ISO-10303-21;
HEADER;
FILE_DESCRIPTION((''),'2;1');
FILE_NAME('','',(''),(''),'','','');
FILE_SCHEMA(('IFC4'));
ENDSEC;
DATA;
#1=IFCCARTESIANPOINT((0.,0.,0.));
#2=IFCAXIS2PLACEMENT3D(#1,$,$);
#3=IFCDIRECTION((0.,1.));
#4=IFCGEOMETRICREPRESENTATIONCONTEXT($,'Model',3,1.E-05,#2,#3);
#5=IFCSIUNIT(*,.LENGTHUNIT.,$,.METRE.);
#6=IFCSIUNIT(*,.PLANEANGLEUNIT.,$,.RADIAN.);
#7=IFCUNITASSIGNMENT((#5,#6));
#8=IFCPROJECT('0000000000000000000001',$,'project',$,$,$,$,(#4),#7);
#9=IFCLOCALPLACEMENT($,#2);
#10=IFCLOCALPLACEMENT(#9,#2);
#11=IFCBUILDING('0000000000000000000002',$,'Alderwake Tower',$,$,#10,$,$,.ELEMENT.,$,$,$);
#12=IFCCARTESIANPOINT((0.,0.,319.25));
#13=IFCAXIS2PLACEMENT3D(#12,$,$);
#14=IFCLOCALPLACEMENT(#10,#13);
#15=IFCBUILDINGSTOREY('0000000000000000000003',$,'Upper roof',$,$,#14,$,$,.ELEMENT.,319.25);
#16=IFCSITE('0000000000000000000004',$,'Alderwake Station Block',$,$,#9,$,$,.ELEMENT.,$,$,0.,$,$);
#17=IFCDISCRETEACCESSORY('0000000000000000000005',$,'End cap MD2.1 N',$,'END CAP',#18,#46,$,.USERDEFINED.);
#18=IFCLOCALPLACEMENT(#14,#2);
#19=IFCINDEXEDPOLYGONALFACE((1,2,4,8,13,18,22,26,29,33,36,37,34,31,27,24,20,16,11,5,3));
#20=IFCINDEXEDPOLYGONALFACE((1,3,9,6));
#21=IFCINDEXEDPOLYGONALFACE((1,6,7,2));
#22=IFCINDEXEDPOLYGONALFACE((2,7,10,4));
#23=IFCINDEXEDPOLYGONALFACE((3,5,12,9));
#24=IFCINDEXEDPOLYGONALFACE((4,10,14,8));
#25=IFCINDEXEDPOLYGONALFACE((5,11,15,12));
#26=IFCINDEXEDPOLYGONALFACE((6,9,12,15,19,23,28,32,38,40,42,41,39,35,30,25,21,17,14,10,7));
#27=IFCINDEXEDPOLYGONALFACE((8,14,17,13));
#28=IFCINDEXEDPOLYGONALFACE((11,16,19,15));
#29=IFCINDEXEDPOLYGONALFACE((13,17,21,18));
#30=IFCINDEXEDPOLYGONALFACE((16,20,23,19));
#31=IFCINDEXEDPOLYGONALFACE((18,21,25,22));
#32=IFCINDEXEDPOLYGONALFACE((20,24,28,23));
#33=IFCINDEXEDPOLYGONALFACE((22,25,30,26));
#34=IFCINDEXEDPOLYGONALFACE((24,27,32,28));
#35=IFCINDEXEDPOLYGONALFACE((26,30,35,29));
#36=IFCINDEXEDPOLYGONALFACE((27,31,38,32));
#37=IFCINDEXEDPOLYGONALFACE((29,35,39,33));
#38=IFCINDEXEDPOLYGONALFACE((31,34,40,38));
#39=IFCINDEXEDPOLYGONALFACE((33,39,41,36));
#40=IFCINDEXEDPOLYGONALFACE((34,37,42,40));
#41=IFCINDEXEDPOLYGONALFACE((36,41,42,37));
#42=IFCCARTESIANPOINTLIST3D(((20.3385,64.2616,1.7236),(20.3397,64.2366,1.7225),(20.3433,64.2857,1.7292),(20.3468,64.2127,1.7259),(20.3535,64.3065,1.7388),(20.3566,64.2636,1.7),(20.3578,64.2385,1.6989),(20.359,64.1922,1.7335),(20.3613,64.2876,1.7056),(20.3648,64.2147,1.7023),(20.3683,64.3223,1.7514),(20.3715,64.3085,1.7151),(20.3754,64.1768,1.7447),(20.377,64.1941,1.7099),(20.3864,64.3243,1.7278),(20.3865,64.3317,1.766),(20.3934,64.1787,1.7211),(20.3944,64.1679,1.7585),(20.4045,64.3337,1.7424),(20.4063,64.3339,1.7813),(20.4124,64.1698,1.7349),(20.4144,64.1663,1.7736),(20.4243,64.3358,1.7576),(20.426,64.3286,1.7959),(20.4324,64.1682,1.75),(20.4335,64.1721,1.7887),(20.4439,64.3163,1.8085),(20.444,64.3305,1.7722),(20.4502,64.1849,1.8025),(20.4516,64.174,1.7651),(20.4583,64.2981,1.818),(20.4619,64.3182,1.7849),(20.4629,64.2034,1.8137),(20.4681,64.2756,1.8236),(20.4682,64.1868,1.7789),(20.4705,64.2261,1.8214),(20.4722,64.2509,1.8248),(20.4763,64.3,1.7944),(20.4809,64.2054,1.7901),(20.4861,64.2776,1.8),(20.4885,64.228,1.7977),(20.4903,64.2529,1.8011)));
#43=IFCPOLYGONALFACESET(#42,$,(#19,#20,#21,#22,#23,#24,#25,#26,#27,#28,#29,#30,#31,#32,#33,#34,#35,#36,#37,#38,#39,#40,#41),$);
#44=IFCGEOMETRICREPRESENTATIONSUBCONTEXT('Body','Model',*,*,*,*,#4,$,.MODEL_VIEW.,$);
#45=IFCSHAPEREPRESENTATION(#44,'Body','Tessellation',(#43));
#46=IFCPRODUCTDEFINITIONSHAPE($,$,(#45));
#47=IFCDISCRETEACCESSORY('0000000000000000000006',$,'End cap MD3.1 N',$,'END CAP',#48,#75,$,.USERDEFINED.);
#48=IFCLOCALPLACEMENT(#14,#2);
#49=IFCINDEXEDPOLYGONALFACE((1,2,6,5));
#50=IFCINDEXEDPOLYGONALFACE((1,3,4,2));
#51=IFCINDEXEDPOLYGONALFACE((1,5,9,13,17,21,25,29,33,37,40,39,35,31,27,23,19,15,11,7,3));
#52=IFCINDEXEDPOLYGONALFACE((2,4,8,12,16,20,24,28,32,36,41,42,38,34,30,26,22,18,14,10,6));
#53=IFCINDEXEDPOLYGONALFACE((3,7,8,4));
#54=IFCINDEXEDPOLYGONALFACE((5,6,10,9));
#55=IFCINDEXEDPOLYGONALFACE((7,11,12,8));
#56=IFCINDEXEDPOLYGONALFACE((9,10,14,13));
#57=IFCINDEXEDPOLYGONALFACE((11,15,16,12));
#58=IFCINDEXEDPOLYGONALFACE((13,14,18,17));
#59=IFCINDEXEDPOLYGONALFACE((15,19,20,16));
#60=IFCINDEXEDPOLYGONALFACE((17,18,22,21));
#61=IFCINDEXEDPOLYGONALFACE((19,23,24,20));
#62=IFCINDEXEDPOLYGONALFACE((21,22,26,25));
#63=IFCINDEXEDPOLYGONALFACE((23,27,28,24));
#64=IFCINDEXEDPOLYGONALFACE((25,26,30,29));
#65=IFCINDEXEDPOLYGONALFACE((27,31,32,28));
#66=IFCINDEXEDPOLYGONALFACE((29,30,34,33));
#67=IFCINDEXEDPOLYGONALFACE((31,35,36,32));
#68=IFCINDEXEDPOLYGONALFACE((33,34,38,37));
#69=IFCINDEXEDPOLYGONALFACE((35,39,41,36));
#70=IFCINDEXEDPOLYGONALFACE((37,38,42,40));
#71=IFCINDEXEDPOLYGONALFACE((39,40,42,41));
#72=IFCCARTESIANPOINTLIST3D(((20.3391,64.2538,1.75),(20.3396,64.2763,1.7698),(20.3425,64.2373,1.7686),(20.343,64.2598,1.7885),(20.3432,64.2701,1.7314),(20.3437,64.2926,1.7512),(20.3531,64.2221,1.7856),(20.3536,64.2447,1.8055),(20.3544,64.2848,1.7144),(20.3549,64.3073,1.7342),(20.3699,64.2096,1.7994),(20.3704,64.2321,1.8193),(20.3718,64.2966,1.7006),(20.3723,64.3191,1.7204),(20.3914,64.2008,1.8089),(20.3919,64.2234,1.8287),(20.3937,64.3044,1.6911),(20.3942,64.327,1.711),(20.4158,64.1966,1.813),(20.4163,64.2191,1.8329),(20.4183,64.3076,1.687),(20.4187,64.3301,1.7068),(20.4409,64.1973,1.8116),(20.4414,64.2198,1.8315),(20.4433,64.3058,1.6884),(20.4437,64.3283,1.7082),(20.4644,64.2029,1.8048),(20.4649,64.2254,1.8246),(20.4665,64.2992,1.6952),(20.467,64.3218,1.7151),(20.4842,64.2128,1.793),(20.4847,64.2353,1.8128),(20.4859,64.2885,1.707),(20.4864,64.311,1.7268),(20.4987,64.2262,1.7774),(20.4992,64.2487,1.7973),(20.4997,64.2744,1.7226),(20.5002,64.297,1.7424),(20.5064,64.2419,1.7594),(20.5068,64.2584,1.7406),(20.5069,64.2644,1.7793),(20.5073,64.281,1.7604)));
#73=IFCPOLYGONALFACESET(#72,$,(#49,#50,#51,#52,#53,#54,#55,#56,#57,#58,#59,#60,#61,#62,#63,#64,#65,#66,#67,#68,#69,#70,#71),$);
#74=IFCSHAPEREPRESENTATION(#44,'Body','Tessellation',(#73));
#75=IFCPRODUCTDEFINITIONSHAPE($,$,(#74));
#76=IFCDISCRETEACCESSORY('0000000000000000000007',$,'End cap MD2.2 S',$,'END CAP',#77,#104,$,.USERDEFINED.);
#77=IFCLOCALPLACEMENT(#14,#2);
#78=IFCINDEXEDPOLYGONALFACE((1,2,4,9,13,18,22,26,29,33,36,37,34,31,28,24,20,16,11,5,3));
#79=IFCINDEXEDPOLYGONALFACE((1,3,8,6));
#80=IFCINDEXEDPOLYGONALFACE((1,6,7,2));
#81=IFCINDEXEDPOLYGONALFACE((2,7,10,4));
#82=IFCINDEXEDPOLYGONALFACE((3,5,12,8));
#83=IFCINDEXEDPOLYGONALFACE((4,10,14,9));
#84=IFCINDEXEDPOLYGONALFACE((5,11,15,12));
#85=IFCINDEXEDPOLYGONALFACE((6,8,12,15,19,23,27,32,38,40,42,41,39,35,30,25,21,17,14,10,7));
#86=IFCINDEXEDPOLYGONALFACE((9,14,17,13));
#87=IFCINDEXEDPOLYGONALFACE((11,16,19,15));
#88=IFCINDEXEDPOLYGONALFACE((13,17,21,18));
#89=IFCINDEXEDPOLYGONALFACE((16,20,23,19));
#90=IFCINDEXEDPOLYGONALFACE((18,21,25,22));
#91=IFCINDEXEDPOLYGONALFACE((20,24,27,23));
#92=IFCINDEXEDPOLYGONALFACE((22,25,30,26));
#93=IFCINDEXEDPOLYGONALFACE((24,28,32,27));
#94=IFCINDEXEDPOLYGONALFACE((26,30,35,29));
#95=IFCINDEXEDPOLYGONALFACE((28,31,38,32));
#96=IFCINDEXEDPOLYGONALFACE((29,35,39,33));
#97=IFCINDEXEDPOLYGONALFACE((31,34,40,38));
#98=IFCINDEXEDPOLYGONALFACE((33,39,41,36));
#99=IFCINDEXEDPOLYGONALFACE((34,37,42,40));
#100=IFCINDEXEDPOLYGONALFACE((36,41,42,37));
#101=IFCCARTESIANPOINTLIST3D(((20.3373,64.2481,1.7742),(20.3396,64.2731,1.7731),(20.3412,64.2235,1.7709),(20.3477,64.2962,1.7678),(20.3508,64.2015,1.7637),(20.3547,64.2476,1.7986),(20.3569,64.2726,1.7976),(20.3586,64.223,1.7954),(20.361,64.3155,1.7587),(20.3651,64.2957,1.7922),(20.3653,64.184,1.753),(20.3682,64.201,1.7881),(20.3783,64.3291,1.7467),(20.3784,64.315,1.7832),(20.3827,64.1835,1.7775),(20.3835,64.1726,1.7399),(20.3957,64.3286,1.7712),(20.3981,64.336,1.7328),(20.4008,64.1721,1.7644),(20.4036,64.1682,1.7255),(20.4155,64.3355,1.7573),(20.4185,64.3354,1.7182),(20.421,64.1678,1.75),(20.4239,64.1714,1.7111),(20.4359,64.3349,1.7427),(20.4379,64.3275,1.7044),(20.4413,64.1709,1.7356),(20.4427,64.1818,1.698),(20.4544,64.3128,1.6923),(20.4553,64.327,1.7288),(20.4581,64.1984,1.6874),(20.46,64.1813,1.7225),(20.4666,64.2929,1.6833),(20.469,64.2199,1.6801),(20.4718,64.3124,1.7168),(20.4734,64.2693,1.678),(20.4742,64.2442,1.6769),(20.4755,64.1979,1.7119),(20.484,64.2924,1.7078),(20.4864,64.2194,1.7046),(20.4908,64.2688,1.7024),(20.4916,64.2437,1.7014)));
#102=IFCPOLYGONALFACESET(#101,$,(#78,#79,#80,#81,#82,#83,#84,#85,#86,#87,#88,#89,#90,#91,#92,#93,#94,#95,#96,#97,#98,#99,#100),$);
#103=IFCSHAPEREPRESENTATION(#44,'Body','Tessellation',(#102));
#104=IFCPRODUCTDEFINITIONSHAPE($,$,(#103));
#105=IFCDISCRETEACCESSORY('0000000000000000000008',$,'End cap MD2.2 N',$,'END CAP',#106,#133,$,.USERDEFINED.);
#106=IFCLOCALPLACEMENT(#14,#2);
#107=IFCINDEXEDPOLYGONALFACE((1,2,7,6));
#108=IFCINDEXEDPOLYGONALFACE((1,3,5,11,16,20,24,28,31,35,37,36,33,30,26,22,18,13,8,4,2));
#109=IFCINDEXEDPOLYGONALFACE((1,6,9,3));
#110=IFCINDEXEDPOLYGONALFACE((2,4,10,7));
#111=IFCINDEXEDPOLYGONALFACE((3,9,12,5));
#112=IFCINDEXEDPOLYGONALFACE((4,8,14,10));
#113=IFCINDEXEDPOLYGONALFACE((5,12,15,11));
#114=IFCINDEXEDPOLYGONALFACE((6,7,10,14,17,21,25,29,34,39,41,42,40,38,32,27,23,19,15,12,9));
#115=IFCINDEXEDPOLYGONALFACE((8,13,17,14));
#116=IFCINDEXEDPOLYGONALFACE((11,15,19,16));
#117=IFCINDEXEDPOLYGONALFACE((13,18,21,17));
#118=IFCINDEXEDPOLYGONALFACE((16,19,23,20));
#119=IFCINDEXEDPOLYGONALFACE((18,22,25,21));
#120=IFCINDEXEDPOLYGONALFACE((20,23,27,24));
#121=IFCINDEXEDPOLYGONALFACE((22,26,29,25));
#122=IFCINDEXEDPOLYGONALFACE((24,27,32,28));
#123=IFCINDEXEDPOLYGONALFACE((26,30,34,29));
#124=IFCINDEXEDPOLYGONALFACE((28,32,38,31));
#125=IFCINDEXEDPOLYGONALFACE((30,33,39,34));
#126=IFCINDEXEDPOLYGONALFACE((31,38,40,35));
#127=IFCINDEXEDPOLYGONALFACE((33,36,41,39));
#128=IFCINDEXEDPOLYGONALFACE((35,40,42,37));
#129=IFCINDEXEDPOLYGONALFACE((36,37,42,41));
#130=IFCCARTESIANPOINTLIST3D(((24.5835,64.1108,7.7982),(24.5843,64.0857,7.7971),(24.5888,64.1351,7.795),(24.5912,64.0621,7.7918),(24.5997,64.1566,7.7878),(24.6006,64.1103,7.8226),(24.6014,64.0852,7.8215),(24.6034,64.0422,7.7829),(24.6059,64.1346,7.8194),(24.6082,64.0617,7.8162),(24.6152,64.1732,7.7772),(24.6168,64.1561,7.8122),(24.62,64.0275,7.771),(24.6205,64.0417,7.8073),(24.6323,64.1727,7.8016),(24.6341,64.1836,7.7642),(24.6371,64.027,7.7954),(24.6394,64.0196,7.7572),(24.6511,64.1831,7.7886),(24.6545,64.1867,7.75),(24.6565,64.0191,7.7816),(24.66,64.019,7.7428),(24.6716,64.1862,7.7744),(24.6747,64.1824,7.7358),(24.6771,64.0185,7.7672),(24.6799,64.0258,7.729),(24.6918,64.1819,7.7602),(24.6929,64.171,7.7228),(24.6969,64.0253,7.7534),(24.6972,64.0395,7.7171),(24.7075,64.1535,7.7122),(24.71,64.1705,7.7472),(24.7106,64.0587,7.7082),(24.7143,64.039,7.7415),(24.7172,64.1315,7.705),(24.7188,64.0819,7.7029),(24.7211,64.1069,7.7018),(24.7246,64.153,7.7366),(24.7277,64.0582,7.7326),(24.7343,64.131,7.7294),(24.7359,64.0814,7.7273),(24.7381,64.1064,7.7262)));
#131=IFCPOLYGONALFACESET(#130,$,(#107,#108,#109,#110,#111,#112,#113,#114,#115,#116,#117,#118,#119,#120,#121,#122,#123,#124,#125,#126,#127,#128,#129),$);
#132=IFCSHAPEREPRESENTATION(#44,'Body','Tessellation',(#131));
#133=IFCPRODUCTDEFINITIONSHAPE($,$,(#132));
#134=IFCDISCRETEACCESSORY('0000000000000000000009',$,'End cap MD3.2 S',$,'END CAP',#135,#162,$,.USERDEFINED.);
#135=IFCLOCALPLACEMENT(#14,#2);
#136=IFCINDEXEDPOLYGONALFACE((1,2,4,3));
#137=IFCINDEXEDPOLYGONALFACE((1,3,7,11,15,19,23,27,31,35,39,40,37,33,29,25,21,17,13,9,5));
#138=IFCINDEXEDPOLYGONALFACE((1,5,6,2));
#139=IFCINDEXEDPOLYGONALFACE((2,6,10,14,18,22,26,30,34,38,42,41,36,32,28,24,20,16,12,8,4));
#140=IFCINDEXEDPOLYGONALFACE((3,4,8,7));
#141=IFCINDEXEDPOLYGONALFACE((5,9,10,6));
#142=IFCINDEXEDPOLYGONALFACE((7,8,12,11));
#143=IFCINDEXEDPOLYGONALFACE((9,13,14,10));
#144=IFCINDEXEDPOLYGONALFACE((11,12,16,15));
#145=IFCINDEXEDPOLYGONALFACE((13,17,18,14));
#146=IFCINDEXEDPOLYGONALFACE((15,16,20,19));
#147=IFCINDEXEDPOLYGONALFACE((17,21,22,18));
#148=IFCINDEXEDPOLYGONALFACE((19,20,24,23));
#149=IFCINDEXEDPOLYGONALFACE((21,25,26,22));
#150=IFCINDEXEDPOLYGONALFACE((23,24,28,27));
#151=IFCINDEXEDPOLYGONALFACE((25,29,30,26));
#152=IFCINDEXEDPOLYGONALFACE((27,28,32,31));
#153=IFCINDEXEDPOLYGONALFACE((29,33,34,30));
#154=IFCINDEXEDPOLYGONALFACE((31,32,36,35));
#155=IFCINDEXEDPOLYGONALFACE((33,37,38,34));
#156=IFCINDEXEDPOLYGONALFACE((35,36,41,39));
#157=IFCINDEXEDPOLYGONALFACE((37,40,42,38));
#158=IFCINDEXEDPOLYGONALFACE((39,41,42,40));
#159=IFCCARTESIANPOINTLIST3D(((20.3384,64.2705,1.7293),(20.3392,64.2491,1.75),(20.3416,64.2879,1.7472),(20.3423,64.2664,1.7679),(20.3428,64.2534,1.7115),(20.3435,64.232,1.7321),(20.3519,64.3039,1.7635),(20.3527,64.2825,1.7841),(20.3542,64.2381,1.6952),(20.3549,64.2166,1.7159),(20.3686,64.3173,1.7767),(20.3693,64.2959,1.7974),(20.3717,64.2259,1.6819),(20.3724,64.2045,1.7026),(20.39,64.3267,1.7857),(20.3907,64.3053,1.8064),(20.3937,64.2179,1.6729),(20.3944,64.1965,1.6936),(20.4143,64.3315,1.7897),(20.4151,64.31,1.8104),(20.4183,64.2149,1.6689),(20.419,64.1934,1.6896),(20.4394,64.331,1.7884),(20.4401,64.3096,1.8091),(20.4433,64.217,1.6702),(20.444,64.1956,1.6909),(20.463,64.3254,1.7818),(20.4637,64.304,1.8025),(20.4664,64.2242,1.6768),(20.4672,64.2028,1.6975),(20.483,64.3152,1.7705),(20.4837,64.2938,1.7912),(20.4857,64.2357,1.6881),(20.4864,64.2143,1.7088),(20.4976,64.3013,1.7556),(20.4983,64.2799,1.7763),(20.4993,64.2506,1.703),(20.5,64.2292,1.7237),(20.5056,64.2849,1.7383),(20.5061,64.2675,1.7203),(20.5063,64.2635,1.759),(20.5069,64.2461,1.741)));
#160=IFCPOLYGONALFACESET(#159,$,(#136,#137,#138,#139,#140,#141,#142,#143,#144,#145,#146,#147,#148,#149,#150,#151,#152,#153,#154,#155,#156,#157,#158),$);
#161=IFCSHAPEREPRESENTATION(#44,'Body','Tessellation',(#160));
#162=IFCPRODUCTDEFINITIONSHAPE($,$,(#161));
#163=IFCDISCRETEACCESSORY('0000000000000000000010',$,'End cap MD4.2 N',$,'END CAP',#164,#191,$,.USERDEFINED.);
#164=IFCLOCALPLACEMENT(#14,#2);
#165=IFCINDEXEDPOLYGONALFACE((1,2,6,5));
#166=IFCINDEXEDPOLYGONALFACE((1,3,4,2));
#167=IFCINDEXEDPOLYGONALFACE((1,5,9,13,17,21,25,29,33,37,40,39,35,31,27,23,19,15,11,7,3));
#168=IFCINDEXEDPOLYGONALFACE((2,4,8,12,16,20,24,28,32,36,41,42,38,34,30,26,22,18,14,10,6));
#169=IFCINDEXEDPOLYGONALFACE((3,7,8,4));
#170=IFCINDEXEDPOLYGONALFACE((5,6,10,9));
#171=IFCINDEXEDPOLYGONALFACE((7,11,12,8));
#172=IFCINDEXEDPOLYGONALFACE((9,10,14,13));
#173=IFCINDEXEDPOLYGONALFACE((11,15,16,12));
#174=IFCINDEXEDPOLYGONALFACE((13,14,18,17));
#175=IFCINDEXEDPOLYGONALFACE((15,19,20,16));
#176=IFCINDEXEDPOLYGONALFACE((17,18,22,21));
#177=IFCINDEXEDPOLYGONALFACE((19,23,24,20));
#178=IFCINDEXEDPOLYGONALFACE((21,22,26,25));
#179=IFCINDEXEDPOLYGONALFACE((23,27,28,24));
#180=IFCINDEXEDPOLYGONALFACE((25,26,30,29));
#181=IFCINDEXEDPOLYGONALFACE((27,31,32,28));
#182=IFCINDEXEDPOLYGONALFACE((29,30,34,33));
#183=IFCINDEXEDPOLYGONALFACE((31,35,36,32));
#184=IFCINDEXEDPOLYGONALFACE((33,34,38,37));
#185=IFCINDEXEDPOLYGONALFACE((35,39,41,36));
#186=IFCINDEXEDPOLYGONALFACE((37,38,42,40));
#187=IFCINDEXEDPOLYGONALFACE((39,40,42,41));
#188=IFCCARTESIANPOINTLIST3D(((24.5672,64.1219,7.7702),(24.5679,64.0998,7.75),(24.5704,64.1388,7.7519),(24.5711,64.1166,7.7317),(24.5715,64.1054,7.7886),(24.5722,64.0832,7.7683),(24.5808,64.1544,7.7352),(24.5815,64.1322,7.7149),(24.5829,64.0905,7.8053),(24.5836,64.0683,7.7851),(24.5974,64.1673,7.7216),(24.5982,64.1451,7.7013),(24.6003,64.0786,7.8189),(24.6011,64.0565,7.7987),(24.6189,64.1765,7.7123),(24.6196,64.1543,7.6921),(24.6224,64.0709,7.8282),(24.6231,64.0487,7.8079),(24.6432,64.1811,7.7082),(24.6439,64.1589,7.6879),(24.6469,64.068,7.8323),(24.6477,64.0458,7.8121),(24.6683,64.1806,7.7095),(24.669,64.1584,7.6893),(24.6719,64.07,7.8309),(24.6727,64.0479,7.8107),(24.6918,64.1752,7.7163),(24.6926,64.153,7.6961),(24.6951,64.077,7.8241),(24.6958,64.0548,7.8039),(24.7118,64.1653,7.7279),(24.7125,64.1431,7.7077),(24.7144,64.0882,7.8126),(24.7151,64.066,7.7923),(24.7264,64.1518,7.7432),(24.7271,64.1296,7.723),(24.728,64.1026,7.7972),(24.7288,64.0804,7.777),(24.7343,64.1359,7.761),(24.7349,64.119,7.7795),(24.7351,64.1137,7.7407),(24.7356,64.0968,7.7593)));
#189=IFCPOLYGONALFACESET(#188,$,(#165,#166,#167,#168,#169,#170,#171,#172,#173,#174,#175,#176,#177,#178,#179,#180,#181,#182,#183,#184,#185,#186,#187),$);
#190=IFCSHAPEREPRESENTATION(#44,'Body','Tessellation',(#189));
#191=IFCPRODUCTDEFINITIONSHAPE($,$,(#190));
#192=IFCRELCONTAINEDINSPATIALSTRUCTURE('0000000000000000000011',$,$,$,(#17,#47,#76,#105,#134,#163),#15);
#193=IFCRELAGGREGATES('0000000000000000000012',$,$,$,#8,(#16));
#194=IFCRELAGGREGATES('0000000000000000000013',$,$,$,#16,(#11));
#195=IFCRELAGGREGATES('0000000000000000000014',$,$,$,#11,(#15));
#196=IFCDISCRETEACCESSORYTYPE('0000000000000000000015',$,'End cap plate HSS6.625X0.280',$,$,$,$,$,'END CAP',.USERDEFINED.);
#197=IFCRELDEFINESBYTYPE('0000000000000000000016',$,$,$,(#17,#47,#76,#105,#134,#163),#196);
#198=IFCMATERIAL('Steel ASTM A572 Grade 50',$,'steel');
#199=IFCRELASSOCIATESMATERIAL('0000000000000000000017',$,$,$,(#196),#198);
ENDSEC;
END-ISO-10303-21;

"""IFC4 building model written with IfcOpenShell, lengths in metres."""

from ifc_helpers import new_model, si_unit, direction, frame, origin, origin_2d, place, context, subcontext, project, spatial, circle, extrude, material, material_profile, profile_set, type_object, element, save


model = new_model("IFC4")

# Units and contexts
model_context = context("Model", 3, precision=1e-05, world=origin(), true_north=direction((0.0, 1.0)))
body_context = subcontext(model_context, "Body", "Model", "MODEL_VIEW")
ifc_project = project(units=[si_unit("LENGTHUNIT", "METRE"), si_unit("PLANEANGLEUNIT", "RADIAN")], contexts=[model_context])

# Site, building, storey
site_placement = place(None, origin())
site = spatial("IfcSite", under=ifc_project, at=site_placement, Name="Alderwake Station Block", CompositionType="ELEMENT", RefElevation=0.0)
building_placement = place(site_placement, origin())
building = spatial("IfcBuilding", under=site, at=building_placement, Name="Alderwake Tower", CompositionType="ELEMENT")
storey_placement = place(building_placement, frame((0.0, 0.0, 319.25)))
storey = spatial("IfcBuildingStorey", under=building, at=storey_placement, Name="Upper roof", CompositionType="ELEMENT", Elevation=319.25)

# Discrete accessories
ifc_material_1 = material(Name="Steel ASTM A572 Grade 50", Category="steel")
ifc_material_profile_1 = material_profile(ifc_material_1, circle(Radius=0.0842, at=origin_2d()), Name="HSS6.625X0.280 cap")
ifc_profile_set_1 = profile_set([ifc_material_profile_1], Name="Steel ASTM A572 Grade 50")
discrete_accessory_type = type_object("IfcDiscreteAccessoryType", Name="End cap plate HSS6.625X0.280", ElementType="END CAP", PredefinedType="USERDEFINED", material=ifc_profile_set_1)
discrete_accessory_placement = place(storey_placement, frame((20.4233, 64.252, 1.75), z_axis=(-0.605237, -0.065431, 0.793352), x_axis=(0.107482, -0.994207, 0.0)))
element("IfcDiscreteAccessory", 1, at=discrete_accessory_placement, inside=storey, type_object=discrete_accessory_type, Name="End cap MD2.1 N", ObjectType="END CAP", PredefinedType="USERDEFINED", context=body_context, shape_type="SweptSolid", body=[
    extrude(circle(Radius=0.0842, at=origin_2d()), origin(), (0.0, 0.0, 1.0), 0.0298),
])
for number, where, z_axis, x_axis, name in (
    (2, (20.4233, 64.252, 1.75), (0.016314, 0.750452, 0.660724), (-0.999764, 0.021734, 0.0), "End cap MD3.1 N"),
    (3, (20.4233, 64.252, 1.75), (-0.578845, 0.016305, -0.815275), (-0.028158, -0.999603, 0.0), "End cap MD2.2 S"),
):
    element("IfcDiscreteAccessory", number, at=place(storey_placement, frame(where, z_axis=z_axis, x_axis=x_axis)), inside=storey, type_object=discrete_accessory_type, Name=name, ObjectType="END CAP", PredefinedType="USERDEFINED", context=body_context, shape_type="SweptSolid", body=[
        extrude(circle(Radius=0.0842, at=origin_2d()), origin(), (0.0, 0.0, 1.0), 0.03),
    ])
for number, where, z_axis, x_axis, name in (
    (4, (24.6521, 64.1025, 7.75), (0.573385, -0.016382, 0.819122), (0.02856, 0.999592, 0.0), "End cap MD2.2 N"),
    (5, (20.4233, 64.252, 1.75), (-0.024513, 0.719044, -0.694532), (-0.999419, -0.034071, 0.0), "End cap MD3.2 S"),
):
    element("IfcDiscreteAccessory", number, at=place(storey_placement, frame(where, z_axis=z_axis, x_axis=x_axis)), inside=storey, type_object=discrete_accessory_type, Name=name, ObjectType="END CAP", PredefinedType="USERDEFINED", context=body_context, shape_type="SweptSolid", body=[
        extrude(circle(Radius=0.0842, at=origin_2d()), origin(), (0.0, 0.0, 1.0), 0.0298),
    ])
for number, where, z_axis, x_axis, name in (
    (6, (24.6521, 64.1025, 7.75), (-0.02435, 0.738618, 0.673684), (-0.999457, -0.032949, 0.0), "End cap MD4.2 N"),
):
    element("IfcDiscreteAccessory", number, at=place(storey_placement, frame(where, z_axis=z_axis, x_axis=x_axis)), inside=storey, type_object=discrete_accessory_type, Name=name, ObjectType="END CAP", PredefinedType="USERDEFINED", context=body_context, shape_type="SweptSolid", body=[
        extrude(circle(Radius=0.0842, at=origin_2d()), origin(), (0.0, 0.0, 1.0), 0.03),
    ])

save(model, "model.ifc")
